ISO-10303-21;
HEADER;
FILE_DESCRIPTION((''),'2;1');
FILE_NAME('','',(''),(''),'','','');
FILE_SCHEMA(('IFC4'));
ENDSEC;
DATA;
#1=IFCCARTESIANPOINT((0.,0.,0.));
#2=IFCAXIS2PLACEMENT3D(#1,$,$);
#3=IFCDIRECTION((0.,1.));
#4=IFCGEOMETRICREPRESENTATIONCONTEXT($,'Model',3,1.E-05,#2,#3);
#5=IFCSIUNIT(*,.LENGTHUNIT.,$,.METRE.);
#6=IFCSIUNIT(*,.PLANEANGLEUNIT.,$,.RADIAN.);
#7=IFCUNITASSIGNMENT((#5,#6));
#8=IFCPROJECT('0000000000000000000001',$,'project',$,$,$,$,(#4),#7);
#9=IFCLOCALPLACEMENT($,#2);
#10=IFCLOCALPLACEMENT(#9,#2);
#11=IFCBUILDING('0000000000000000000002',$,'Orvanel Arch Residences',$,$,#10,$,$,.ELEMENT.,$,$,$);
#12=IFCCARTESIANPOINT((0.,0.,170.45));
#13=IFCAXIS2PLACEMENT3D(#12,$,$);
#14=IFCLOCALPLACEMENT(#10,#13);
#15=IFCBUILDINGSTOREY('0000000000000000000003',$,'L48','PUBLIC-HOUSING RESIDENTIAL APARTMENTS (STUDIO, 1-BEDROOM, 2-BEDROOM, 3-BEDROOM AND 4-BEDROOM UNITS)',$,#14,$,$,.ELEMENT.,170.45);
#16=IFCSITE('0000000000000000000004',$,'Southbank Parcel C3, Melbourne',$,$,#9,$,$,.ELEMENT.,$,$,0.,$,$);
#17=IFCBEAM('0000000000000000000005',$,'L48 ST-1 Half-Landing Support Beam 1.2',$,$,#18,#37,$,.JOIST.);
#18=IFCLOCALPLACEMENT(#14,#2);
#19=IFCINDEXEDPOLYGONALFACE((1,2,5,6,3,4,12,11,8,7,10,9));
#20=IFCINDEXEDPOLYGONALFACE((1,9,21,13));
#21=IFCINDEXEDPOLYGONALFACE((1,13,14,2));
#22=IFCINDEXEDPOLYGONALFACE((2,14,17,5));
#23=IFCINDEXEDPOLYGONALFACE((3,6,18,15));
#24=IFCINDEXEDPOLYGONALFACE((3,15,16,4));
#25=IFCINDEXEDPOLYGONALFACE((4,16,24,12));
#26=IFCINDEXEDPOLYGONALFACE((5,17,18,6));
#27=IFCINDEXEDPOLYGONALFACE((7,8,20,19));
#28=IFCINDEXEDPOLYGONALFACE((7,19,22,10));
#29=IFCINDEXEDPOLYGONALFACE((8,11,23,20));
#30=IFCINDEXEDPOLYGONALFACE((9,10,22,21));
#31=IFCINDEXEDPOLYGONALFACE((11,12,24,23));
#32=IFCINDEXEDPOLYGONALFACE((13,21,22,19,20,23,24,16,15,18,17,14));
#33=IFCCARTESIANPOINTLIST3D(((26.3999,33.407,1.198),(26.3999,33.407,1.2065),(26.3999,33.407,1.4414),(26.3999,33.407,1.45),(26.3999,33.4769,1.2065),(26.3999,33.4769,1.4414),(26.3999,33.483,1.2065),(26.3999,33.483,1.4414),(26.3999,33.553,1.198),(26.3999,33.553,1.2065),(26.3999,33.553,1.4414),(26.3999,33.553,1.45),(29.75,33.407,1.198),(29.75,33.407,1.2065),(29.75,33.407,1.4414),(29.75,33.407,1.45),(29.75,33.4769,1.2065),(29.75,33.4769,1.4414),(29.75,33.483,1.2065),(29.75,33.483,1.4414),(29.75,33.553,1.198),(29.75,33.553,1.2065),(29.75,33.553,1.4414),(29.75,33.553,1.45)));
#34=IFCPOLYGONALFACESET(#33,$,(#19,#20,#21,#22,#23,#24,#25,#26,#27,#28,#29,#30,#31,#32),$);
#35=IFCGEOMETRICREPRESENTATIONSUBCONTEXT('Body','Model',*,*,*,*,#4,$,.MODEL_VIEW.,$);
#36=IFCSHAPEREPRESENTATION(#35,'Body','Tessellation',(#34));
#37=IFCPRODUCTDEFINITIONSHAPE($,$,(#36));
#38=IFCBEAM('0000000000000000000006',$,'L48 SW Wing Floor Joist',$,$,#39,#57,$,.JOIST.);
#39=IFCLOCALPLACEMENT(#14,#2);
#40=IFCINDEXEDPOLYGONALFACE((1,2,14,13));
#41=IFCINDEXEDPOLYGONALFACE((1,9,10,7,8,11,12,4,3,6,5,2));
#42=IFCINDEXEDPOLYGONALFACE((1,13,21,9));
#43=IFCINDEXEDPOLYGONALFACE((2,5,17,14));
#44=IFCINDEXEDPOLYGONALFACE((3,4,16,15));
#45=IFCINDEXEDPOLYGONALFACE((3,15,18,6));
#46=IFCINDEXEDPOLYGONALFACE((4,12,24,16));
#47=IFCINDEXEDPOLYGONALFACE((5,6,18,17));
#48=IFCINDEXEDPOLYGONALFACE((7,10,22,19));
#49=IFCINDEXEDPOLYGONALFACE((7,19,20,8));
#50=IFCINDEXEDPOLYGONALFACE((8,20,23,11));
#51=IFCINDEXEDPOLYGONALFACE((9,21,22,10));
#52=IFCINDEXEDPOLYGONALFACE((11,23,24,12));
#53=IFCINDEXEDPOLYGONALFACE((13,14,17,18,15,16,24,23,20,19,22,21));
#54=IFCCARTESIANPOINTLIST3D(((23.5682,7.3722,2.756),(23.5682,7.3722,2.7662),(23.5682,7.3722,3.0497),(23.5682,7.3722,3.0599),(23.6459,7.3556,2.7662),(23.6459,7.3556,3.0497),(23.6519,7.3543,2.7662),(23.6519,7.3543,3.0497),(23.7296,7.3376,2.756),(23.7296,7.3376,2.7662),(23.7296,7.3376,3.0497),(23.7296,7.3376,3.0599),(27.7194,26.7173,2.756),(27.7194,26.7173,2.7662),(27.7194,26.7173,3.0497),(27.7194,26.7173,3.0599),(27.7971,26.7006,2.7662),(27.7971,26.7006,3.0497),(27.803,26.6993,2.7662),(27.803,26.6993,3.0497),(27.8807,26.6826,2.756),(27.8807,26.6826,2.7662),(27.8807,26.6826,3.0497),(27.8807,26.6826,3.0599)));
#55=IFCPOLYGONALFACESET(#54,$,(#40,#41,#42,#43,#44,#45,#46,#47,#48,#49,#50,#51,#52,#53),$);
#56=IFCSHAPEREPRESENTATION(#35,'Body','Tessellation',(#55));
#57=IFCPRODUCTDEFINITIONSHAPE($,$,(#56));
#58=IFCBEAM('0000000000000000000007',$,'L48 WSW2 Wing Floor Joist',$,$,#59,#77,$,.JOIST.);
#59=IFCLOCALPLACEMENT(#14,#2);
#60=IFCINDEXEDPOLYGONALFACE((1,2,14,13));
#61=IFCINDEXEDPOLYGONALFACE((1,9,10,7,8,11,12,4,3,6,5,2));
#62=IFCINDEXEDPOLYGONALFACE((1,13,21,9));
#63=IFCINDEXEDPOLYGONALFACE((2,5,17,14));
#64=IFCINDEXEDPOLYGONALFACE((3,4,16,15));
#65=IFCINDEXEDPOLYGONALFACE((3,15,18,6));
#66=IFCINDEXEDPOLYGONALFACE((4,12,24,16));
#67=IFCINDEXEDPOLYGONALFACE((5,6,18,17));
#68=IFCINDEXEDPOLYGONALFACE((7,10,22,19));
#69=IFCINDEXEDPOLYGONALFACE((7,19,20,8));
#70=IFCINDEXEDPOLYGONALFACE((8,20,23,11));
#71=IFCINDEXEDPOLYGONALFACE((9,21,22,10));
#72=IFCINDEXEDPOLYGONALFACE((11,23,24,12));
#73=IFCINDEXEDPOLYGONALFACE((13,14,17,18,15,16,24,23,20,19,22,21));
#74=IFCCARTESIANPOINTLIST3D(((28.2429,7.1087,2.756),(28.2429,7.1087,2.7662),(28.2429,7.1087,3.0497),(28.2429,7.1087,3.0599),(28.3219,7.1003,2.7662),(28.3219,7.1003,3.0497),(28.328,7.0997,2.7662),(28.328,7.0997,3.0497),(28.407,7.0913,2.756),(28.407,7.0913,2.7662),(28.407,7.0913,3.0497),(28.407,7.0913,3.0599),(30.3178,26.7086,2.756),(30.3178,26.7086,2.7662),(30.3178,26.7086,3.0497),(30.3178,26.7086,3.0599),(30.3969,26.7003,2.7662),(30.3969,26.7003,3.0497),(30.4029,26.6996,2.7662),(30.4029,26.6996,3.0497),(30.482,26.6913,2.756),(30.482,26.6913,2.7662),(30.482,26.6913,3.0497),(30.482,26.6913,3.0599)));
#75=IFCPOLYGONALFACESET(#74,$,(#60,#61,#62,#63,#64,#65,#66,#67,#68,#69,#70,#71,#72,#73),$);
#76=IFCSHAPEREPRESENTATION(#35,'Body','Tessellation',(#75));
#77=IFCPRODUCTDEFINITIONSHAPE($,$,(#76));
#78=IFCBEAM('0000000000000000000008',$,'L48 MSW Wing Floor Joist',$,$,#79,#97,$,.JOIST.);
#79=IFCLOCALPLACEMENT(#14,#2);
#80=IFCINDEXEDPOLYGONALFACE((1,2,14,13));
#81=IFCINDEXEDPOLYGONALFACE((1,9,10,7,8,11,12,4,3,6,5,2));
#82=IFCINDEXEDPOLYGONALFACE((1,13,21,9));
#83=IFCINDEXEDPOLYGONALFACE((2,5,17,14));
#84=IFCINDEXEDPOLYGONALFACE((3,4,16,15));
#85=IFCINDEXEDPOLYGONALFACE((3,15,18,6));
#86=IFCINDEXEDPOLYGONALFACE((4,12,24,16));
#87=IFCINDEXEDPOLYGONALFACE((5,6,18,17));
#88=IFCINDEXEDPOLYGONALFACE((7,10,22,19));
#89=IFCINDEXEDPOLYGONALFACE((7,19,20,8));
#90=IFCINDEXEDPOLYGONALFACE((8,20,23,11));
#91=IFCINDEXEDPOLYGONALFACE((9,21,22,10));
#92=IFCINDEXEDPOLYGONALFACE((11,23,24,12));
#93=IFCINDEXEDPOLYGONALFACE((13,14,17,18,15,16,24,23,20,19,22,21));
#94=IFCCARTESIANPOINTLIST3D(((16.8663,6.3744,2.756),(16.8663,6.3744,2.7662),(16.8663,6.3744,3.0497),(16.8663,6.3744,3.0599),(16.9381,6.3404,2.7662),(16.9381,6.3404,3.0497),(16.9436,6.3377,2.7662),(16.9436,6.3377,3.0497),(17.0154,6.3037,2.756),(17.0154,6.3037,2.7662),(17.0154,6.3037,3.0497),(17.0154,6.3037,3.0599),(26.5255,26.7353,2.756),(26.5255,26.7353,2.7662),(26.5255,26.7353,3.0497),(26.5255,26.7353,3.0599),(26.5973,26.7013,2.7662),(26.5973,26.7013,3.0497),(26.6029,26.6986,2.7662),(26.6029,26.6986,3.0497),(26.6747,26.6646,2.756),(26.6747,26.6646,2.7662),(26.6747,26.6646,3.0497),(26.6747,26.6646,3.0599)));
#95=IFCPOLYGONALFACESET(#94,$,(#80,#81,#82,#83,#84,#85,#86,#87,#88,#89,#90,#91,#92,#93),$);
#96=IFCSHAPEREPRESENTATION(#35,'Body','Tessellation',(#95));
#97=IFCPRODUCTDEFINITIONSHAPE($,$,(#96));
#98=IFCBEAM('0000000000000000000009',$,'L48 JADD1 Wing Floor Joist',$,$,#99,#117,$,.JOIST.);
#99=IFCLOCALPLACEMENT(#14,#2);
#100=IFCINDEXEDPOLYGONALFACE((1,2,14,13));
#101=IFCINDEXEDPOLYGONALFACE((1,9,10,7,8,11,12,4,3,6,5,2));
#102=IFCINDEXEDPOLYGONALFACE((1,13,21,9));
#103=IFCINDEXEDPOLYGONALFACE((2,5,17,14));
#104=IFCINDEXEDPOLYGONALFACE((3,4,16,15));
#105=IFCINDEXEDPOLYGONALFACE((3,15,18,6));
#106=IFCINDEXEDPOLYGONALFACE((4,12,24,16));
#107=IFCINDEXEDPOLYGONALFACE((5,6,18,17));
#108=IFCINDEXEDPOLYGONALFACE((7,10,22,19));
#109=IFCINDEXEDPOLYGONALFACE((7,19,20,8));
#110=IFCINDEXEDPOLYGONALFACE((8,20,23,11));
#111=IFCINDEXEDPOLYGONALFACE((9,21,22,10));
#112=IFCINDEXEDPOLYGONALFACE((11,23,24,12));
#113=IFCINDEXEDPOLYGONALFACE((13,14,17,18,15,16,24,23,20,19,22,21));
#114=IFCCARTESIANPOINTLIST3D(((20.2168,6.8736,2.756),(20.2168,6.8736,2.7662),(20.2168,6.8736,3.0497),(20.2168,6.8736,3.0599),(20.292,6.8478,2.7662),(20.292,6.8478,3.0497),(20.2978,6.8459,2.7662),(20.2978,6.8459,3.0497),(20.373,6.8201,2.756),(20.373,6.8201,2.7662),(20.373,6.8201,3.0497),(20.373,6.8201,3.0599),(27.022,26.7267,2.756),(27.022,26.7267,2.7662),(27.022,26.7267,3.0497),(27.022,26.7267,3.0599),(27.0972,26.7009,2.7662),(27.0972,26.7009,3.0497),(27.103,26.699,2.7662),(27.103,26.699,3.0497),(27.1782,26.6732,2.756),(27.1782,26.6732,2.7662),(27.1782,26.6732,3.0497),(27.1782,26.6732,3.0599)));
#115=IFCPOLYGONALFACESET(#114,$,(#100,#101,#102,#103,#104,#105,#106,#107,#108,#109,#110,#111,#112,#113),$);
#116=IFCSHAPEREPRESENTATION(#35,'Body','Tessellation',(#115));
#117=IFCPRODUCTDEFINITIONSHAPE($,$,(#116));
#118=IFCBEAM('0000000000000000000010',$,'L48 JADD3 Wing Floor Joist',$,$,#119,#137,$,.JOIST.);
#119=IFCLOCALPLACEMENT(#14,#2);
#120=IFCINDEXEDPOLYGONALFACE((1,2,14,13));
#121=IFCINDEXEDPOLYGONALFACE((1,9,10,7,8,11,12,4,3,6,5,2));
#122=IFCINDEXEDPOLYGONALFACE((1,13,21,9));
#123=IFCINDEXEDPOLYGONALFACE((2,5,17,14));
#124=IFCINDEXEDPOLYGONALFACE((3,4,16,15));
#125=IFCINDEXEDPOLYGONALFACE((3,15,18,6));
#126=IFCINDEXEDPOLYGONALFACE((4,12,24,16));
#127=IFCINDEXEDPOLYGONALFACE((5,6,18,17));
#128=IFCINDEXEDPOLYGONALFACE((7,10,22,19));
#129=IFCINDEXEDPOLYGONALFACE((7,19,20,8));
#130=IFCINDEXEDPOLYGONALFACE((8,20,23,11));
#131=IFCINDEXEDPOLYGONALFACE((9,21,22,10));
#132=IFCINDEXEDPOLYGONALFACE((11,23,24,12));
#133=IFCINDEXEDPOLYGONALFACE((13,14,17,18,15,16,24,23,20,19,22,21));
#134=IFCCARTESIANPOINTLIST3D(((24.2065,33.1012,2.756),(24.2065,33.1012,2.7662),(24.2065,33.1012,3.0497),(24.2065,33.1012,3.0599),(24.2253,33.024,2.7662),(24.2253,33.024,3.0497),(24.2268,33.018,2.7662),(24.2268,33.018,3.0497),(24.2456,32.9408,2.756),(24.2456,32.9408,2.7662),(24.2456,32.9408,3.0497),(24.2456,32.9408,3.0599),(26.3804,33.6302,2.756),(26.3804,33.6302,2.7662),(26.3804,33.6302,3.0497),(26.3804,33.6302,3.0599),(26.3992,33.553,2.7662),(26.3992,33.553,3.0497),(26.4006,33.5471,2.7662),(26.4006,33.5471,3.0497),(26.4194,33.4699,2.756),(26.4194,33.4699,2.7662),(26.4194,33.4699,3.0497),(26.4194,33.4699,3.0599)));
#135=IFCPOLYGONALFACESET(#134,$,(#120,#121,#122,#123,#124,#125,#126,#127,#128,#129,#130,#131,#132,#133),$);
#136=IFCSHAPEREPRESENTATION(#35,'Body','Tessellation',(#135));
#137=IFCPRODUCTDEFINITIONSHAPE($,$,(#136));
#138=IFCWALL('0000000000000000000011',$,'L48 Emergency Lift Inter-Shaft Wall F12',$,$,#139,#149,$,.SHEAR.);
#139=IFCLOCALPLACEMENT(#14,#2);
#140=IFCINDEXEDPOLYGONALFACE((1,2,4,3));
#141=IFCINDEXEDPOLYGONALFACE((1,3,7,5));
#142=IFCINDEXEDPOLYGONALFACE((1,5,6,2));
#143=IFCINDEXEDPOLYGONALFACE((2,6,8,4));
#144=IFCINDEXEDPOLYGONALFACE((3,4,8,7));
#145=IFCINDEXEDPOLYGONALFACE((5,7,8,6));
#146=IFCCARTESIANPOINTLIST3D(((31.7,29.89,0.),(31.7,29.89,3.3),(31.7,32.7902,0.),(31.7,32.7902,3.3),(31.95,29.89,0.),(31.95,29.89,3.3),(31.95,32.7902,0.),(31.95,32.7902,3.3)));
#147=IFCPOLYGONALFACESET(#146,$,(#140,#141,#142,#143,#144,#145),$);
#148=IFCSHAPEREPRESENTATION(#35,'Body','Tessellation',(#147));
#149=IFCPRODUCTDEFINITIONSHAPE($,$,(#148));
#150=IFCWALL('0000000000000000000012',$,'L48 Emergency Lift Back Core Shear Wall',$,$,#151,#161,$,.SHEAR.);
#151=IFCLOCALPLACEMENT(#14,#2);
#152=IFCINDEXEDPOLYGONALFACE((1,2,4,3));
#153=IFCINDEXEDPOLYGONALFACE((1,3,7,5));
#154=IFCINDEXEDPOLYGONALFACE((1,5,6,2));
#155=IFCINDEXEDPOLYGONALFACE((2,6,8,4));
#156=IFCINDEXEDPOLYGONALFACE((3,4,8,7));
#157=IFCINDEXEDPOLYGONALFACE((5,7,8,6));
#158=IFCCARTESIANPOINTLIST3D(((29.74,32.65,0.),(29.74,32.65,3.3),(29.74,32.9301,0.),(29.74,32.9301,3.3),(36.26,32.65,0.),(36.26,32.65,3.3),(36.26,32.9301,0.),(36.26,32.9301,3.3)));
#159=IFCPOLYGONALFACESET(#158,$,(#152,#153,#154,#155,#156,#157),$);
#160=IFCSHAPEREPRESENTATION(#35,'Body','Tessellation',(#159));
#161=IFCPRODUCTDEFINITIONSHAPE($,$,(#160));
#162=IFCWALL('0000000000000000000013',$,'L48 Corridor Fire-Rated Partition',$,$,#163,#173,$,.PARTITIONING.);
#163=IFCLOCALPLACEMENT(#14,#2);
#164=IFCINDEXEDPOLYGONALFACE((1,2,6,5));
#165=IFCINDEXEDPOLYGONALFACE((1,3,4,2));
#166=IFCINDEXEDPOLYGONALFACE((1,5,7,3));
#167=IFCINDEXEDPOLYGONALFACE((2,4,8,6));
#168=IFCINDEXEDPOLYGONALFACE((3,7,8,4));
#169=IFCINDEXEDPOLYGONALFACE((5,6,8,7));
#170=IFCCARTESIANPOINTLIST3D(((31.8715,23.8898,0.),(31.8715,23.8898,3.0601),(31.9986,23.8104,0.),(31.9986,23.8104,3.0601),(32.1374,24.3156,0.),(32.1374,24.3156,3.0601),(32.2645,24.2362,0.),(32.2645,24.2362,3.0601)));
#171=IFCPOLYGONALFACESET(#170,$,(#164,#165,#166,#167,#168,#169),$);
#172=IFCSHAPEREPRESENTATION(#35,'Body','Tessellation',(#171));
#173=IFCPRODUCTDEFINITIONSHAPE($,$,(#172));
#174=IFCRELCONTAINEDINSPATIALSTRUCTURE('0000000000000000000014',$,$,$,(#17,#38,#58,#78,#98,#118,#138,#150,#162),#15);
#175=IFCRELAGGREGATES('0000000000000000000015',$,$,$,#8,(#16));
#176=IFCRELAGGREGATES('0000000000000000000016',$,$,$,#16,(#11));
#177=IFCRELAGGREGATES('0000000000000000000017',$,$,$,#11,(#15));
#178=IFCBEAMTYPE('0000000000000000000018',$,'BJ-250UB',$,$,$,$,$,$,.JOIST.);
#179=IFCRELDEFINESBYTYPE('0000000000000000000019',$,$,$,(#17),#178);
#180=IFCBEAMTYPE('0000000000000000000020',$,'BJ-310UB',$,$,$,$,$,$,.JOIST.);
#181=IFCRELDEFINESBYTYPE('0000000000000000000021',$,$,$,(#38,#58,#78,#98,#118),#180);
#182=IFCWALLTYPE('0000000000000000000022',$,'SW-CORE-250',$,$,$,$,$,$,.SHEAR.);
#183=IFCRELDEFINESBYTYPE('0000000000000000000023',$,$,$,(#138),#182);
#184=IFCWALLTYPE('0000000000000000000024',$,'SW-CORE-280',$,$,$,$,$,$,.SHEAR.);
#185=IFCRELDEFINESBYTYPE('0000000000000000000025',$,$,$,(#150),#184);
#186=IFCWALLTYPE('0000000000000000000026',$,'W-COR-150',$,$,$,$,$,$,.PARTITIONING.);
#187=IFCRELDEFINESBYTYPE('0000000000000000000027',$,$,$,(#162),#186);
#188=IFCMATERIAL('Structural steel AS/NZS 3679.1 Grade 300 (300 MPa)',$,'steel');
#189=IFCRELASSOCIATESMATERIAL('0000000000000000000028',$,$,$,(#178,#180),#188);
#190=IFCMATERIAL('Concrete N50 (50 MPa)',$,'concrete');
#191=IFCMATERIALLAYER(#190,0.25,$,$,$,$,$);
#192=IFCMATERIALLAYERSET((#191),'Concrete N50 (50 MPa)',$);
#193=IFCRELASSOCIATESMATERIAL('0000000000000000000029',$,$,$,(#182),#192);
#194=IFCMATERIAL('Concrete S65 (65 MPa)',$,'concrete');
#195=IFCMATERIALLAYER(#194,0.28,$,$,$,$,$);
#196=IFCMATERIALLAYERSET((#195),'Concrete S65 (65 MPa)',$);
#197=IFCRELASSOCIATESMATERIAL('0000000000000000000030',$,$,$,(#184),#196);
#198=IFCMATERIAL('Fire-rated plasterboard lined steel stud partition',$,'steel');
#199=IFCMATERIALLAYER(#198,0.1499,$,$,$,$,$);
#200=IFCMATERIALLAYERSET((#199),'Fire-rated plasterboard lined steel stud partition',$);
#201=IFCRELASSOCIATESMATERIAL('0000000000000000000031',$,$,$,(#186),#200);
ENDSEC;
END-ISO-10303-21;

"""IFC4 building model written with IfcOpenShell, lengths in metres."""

from ifc_helpers import new_model, si_unit, direction, frame, frame_2d, origin, origin_2d, place, context, subcontext, project, spatial, rectangle, i_section, extrude, material, layer, layer_set, material_profile, profile_set, type_object, element, save


model = new_model("IFC4")

# Units and contexts
model_context = context("Model", 3, precision=1e-05, world=origin(), true_north=direction((0.0, 1.0)))
body_context = subcontext(model_context, "Body", "Model", "MODEL_VIEW")
ifc_project = project(units=[si_unit("LENGTHUNIT", "METRE"), si_unit("PLANEANGLEUNIT", "RADIAN")], contexts=[model_context])

# Site, building, storey
site_placement = place(None, origin())
site = spatial("IfcSite", under=ifc_project, at=site_placement, Name="Southbank Parcel C3, Melbourne", CompositionType="ELEMENT", RefElevation=0.0)
building_placement = place(site_placement, origin())
building = spatial("IfcBuilding", under=site, at=building_placement, Name="Orvanel Arch Residences", CompositionType="ELEMENT")
storey_placement = place(building_placement, frame((0.0, 0.0, 170.45)))
storey = spatial("IfcBuildingStorey", under=building, at=storey_placement, Name="L48", Description="PUBLIC-HOUSING RESIDENTIAL APARTMENTS (STUDIO, 1-BEDROOM, 2-BEDROOM, 3-BEDROOM AND 4-BEDROOM UNITS)", CompositionType="ELEMENT", Elevation=170.45)

# Beams
ifc_material_1 = material(Name="Structural steel AS/NZS 3679.1 Grade 300 (300 MPa)", Category="steel")
ifc_material_profile_1 = material_profile(ifc_material_1, i_section(OverallWidth=0.146, OverallDepth=0.252, WebThickness=0.0061, FlangeThickness=0.0085, at=origin_2d()), Name="250UB31.4")
ifc_profile_set_1 = profile_set([ifc_material_profile_1], Name="Structural steel AS/NZS 3679.1 Grade 300 (300 MPa)")
beam_type_1 = type_object("IfcBeamType", Name="BJ-250UB", PredefinedType="JOIST", material=ifc_profile_set_1)
beam_1_placement = place(storey_placement, frame((26.3999, 33.48, 1.324), z_axis=(1.0, 0.0, 0.0), x_axis=(0.0, 1.0, 0.0)))
element("IfcBeam", 1, at=beam_1_placement, inside=storey, type_object=beam_type_1, Name="L48 ST-1 Half-Landing Support Beam 1.2", PredefinedType="JOIST", context=body_context, shape_type="SweptSolid", body=[
    extrude(i_section(OverallWidth=0.146, OverallDepth=0.252, WebThickness=0.0061, FlangeThickness=0.0085, at=origin_2d()), origin(), (0.0, 0.0, 1.0), 3.3501),
])
ifc_material_profile_2 = material_profile(ifc_material_1, i_section(OverallWidth=0.165, OverallDepth=0.304, WebThickness=0.0061, FlangeThickness=0.0103, at=origin_2d()), Name="310UB40.4")
ifc_profile_set_2 = profile_set([ifc_material_profile_2], Name="Structural steel AS/NZS 3679.1 Grade 300 (300 MPa)")
beam_type_2 = type_object("IfcBeamType", Name="BJ-310UB", PredefinedType="JOIST", material=ifc_profile_set_2)
beam_2_placement = place(storey_placement, frame((27.8, 26.7, 2.908), z_axis=(-0.209808, -0.977743, 0.0), x_axis=(0.977743, -0.209808, 0.0)))
element("IfcBeam", 2, at=beam_2_placement, inside=storey, type_object=beam_type_2, Name="L48 SW Wing Floor Joist", PredefinedType="JOIST", context=body_context, shape_type="SweptSolid", body=[
    extrude(i_section(OverallWidth=0.165, OverallDepth=0.304, WebThickness=0.0061, FlangeThickness=0.0103, at=origin_2d()), origin(), (0.0, 0.0, 1.0), 19.7854),
])
beam_3_placement = place(storey_placement, frame((30.3999, 26.7, 2.908), z_axis=(-0.105277, -0.994443, 0.0), x_axis=(0.994443, -0.105277, 0.0)))
element("IfcBeam", 3, at=beam_3_placement, inside=storey, type_object=beam_type_2, Name="L48 WSW2 Wing Floor Joist", PredefinedType="JOIST", context=body_context, shape_type="SweptSolid", body=[
    extrude(i_section(OverallWidth=0.165, OverallDepth=0.304, WebThickness=0.0061, FlangeThickness=0.0103, at=origin_2d()), origin(), (0.0, 0.0, 1.0), 19.7095),
])
beam_4_placement = place(storey_placement, frame((26.6001, 26.7, 2.908), z_axis=(-0.428614, -0.903488, 0.0), x_axis=(0.903488, -0.428614, 0.0)))
element("IfcBeam", 4, at=beam_4_placement, inside=storey, type_object=beam_type_2, Name="L48 MSW Wing Floor Joist", PredefinedType="JOIST", context=body_context, shape_type="SweptSolid", body=[
    extrude(i_section(OverallWidth=0.165, OverallDepth=0.304, WebThickness=0.0061, FlangeThickness=0.0103, at=origin_2d()), origin(), (0.0, 0.0, 1.0), 22.5359),
])
beam_5_placement = place(storey_placement, frame((27.1001, 26.7, 2.908), z_axis=(-0.324257, -0.945969, 0.0), x_axis=(0.945969, -0.324257, 0.0)))
element("IfcBeam", 5, at=beam_5_placement, inside=storey, type_object=beam_type_2, Name="L48 JADD1 Wing Floor Joist", PredefinedType="JOIST", context=body_context, shape_type="SweptSolid", body=[
    extrude(i_section(OverallWidth=0.165, OverallDepth=0.304, WebThickness=0.0061, FlangeThickness=0.0103, at=origin_2d()), origin(), (0.0, 0.0, 1.0), 20.9871),
])
beam_6_placement = place(storey_placement, frame((26.3999, 33.55, 2.908), z_axis=(-0.971638, -0.236471, 0.0), x_axis=(0.236471, -0.971638, 0.0)))
element("IfcBeam", 6, at=beam_6_placement, inside=storey, type_object=beam_type_2, Name="L48 JADD3 Wing Floor Joist", PredefinedType="JOIST", context=body_context, shape_type="SweptSolid", body=[
    extrude(i_section(OverallWidth=0.165, OverallDepth=0.304, WebThickness=0.0061, FlangeThickness=0.0103, at=origin_2d()), origin(), (0.0, 0.0, 1.0), 2.2373),
])

# Wall
ifc_material_2 = material(Name="Concrete N50 (50 MPa)", Category="concrete")
ifc_layer_1 = layer(ifc_material_2, 0.25)
ifc_layer_set_1 = layer_set([ifc_layer_1], Name="Concrete N50 (50 MPa)")
wall_type_1 = type_object("IfcWallType", Name="SW-CORE-250", PredefinedType="SHEAR", material=ifc_layer_set_1)
wall_1_placement = place(storey_placement, frame((31.825, 29.8899, 0.0), z_axis=(0.0, 0.0, 1.0), x_axis=(0.0, 1.0, 0.0)))
element("IfcWall", 7, at=wall_1_placement, inside=storey, type_object=wall_type_1, Name="L48 Emergency Lift Inter-Shaft Wall F12", PredefinedType="SHEAR", context=body_context, shape_type="SweptSolid", body=[
    extrude(rectangle(XDim=2.9001, YDim=0.25, at=frame_2d((1.4502, 0.0))), origin(), (0.0, 0.0, 1.0), 3.3),
])

# Shared definitions
ifc_material_3 = material(Name="Concrete S65 (65 MPa)", Category="concrete")
ifc_layer_2 = layer(ifc_material_3, 0.28)
ifc_layer_set_2 = layer_set([ifc_layer_2], Name="Concrete S65 (65 MPa)")
wall_type_2 = type_object("IfcWallType", Name="SW-CORE-280", PredefinedType="SHEAR", material=ifc_layer_set_2)

# Walls
wall_2_placement = place(storey_placement, frame((29.74, 32.79, 0.0), z_axis=(0.0, 0.0, 1.0), x_axis=(1.0, 0.0, 0.0)))
element("IfcWall", 8, at=wall_2_placement, inside=storey, type_object=wall_type_2, Name="L48 Emergency Lift Back Core Shear Wall", PredefinedType="SHEAR", context=body_context, shape_type="SweptSolid", body=[
    extrude(rectangle(XDim=6.52, YDim=0.28, at=frame_2d((3.26, 0.0))), origin(), (0.0, 0.0, 1.0), 3.3),
])
ifc_material_4 = material(Name="Fire-rated plasterboard lined steel stud partition", Category="steel")
ifc_layer_3 = layer(ifc_material_4, 0.1499)
ifc_layer_set_3 = layer_set([ifc_layer_3], Name="Fire-rated plasterboard lined steel stud partition")
wall_type_3 = type_object("IfcWallType", Name="W-COR-150", PredefinedType="PARTITIONING", material=ifc_layer_set_3)
wall_3_placement = place(storey_placement, frame((32.2009, 24.2759, 0.0), z_axis=(0.0, 0.0, 1.0), x_axis=(-0.529649, -0.848217, 0.0)))
element("IfcWall", 9, at=wall_3_placement, inside=storey, type_object=wall_type_3, Name="L48 Corridor Fire-Rated Partition", PredefinedType="PARTITIONING", context=body_context, shape_type="SweptSolid", body=[
    extrude(rectangle(XDim=0.502, YDim=0.1499, at=frame_2d((0.251, 0.0))), origin(), (0.0, 0.0, 1.0), 3.0601),
])

save(model, "model.ifc")
